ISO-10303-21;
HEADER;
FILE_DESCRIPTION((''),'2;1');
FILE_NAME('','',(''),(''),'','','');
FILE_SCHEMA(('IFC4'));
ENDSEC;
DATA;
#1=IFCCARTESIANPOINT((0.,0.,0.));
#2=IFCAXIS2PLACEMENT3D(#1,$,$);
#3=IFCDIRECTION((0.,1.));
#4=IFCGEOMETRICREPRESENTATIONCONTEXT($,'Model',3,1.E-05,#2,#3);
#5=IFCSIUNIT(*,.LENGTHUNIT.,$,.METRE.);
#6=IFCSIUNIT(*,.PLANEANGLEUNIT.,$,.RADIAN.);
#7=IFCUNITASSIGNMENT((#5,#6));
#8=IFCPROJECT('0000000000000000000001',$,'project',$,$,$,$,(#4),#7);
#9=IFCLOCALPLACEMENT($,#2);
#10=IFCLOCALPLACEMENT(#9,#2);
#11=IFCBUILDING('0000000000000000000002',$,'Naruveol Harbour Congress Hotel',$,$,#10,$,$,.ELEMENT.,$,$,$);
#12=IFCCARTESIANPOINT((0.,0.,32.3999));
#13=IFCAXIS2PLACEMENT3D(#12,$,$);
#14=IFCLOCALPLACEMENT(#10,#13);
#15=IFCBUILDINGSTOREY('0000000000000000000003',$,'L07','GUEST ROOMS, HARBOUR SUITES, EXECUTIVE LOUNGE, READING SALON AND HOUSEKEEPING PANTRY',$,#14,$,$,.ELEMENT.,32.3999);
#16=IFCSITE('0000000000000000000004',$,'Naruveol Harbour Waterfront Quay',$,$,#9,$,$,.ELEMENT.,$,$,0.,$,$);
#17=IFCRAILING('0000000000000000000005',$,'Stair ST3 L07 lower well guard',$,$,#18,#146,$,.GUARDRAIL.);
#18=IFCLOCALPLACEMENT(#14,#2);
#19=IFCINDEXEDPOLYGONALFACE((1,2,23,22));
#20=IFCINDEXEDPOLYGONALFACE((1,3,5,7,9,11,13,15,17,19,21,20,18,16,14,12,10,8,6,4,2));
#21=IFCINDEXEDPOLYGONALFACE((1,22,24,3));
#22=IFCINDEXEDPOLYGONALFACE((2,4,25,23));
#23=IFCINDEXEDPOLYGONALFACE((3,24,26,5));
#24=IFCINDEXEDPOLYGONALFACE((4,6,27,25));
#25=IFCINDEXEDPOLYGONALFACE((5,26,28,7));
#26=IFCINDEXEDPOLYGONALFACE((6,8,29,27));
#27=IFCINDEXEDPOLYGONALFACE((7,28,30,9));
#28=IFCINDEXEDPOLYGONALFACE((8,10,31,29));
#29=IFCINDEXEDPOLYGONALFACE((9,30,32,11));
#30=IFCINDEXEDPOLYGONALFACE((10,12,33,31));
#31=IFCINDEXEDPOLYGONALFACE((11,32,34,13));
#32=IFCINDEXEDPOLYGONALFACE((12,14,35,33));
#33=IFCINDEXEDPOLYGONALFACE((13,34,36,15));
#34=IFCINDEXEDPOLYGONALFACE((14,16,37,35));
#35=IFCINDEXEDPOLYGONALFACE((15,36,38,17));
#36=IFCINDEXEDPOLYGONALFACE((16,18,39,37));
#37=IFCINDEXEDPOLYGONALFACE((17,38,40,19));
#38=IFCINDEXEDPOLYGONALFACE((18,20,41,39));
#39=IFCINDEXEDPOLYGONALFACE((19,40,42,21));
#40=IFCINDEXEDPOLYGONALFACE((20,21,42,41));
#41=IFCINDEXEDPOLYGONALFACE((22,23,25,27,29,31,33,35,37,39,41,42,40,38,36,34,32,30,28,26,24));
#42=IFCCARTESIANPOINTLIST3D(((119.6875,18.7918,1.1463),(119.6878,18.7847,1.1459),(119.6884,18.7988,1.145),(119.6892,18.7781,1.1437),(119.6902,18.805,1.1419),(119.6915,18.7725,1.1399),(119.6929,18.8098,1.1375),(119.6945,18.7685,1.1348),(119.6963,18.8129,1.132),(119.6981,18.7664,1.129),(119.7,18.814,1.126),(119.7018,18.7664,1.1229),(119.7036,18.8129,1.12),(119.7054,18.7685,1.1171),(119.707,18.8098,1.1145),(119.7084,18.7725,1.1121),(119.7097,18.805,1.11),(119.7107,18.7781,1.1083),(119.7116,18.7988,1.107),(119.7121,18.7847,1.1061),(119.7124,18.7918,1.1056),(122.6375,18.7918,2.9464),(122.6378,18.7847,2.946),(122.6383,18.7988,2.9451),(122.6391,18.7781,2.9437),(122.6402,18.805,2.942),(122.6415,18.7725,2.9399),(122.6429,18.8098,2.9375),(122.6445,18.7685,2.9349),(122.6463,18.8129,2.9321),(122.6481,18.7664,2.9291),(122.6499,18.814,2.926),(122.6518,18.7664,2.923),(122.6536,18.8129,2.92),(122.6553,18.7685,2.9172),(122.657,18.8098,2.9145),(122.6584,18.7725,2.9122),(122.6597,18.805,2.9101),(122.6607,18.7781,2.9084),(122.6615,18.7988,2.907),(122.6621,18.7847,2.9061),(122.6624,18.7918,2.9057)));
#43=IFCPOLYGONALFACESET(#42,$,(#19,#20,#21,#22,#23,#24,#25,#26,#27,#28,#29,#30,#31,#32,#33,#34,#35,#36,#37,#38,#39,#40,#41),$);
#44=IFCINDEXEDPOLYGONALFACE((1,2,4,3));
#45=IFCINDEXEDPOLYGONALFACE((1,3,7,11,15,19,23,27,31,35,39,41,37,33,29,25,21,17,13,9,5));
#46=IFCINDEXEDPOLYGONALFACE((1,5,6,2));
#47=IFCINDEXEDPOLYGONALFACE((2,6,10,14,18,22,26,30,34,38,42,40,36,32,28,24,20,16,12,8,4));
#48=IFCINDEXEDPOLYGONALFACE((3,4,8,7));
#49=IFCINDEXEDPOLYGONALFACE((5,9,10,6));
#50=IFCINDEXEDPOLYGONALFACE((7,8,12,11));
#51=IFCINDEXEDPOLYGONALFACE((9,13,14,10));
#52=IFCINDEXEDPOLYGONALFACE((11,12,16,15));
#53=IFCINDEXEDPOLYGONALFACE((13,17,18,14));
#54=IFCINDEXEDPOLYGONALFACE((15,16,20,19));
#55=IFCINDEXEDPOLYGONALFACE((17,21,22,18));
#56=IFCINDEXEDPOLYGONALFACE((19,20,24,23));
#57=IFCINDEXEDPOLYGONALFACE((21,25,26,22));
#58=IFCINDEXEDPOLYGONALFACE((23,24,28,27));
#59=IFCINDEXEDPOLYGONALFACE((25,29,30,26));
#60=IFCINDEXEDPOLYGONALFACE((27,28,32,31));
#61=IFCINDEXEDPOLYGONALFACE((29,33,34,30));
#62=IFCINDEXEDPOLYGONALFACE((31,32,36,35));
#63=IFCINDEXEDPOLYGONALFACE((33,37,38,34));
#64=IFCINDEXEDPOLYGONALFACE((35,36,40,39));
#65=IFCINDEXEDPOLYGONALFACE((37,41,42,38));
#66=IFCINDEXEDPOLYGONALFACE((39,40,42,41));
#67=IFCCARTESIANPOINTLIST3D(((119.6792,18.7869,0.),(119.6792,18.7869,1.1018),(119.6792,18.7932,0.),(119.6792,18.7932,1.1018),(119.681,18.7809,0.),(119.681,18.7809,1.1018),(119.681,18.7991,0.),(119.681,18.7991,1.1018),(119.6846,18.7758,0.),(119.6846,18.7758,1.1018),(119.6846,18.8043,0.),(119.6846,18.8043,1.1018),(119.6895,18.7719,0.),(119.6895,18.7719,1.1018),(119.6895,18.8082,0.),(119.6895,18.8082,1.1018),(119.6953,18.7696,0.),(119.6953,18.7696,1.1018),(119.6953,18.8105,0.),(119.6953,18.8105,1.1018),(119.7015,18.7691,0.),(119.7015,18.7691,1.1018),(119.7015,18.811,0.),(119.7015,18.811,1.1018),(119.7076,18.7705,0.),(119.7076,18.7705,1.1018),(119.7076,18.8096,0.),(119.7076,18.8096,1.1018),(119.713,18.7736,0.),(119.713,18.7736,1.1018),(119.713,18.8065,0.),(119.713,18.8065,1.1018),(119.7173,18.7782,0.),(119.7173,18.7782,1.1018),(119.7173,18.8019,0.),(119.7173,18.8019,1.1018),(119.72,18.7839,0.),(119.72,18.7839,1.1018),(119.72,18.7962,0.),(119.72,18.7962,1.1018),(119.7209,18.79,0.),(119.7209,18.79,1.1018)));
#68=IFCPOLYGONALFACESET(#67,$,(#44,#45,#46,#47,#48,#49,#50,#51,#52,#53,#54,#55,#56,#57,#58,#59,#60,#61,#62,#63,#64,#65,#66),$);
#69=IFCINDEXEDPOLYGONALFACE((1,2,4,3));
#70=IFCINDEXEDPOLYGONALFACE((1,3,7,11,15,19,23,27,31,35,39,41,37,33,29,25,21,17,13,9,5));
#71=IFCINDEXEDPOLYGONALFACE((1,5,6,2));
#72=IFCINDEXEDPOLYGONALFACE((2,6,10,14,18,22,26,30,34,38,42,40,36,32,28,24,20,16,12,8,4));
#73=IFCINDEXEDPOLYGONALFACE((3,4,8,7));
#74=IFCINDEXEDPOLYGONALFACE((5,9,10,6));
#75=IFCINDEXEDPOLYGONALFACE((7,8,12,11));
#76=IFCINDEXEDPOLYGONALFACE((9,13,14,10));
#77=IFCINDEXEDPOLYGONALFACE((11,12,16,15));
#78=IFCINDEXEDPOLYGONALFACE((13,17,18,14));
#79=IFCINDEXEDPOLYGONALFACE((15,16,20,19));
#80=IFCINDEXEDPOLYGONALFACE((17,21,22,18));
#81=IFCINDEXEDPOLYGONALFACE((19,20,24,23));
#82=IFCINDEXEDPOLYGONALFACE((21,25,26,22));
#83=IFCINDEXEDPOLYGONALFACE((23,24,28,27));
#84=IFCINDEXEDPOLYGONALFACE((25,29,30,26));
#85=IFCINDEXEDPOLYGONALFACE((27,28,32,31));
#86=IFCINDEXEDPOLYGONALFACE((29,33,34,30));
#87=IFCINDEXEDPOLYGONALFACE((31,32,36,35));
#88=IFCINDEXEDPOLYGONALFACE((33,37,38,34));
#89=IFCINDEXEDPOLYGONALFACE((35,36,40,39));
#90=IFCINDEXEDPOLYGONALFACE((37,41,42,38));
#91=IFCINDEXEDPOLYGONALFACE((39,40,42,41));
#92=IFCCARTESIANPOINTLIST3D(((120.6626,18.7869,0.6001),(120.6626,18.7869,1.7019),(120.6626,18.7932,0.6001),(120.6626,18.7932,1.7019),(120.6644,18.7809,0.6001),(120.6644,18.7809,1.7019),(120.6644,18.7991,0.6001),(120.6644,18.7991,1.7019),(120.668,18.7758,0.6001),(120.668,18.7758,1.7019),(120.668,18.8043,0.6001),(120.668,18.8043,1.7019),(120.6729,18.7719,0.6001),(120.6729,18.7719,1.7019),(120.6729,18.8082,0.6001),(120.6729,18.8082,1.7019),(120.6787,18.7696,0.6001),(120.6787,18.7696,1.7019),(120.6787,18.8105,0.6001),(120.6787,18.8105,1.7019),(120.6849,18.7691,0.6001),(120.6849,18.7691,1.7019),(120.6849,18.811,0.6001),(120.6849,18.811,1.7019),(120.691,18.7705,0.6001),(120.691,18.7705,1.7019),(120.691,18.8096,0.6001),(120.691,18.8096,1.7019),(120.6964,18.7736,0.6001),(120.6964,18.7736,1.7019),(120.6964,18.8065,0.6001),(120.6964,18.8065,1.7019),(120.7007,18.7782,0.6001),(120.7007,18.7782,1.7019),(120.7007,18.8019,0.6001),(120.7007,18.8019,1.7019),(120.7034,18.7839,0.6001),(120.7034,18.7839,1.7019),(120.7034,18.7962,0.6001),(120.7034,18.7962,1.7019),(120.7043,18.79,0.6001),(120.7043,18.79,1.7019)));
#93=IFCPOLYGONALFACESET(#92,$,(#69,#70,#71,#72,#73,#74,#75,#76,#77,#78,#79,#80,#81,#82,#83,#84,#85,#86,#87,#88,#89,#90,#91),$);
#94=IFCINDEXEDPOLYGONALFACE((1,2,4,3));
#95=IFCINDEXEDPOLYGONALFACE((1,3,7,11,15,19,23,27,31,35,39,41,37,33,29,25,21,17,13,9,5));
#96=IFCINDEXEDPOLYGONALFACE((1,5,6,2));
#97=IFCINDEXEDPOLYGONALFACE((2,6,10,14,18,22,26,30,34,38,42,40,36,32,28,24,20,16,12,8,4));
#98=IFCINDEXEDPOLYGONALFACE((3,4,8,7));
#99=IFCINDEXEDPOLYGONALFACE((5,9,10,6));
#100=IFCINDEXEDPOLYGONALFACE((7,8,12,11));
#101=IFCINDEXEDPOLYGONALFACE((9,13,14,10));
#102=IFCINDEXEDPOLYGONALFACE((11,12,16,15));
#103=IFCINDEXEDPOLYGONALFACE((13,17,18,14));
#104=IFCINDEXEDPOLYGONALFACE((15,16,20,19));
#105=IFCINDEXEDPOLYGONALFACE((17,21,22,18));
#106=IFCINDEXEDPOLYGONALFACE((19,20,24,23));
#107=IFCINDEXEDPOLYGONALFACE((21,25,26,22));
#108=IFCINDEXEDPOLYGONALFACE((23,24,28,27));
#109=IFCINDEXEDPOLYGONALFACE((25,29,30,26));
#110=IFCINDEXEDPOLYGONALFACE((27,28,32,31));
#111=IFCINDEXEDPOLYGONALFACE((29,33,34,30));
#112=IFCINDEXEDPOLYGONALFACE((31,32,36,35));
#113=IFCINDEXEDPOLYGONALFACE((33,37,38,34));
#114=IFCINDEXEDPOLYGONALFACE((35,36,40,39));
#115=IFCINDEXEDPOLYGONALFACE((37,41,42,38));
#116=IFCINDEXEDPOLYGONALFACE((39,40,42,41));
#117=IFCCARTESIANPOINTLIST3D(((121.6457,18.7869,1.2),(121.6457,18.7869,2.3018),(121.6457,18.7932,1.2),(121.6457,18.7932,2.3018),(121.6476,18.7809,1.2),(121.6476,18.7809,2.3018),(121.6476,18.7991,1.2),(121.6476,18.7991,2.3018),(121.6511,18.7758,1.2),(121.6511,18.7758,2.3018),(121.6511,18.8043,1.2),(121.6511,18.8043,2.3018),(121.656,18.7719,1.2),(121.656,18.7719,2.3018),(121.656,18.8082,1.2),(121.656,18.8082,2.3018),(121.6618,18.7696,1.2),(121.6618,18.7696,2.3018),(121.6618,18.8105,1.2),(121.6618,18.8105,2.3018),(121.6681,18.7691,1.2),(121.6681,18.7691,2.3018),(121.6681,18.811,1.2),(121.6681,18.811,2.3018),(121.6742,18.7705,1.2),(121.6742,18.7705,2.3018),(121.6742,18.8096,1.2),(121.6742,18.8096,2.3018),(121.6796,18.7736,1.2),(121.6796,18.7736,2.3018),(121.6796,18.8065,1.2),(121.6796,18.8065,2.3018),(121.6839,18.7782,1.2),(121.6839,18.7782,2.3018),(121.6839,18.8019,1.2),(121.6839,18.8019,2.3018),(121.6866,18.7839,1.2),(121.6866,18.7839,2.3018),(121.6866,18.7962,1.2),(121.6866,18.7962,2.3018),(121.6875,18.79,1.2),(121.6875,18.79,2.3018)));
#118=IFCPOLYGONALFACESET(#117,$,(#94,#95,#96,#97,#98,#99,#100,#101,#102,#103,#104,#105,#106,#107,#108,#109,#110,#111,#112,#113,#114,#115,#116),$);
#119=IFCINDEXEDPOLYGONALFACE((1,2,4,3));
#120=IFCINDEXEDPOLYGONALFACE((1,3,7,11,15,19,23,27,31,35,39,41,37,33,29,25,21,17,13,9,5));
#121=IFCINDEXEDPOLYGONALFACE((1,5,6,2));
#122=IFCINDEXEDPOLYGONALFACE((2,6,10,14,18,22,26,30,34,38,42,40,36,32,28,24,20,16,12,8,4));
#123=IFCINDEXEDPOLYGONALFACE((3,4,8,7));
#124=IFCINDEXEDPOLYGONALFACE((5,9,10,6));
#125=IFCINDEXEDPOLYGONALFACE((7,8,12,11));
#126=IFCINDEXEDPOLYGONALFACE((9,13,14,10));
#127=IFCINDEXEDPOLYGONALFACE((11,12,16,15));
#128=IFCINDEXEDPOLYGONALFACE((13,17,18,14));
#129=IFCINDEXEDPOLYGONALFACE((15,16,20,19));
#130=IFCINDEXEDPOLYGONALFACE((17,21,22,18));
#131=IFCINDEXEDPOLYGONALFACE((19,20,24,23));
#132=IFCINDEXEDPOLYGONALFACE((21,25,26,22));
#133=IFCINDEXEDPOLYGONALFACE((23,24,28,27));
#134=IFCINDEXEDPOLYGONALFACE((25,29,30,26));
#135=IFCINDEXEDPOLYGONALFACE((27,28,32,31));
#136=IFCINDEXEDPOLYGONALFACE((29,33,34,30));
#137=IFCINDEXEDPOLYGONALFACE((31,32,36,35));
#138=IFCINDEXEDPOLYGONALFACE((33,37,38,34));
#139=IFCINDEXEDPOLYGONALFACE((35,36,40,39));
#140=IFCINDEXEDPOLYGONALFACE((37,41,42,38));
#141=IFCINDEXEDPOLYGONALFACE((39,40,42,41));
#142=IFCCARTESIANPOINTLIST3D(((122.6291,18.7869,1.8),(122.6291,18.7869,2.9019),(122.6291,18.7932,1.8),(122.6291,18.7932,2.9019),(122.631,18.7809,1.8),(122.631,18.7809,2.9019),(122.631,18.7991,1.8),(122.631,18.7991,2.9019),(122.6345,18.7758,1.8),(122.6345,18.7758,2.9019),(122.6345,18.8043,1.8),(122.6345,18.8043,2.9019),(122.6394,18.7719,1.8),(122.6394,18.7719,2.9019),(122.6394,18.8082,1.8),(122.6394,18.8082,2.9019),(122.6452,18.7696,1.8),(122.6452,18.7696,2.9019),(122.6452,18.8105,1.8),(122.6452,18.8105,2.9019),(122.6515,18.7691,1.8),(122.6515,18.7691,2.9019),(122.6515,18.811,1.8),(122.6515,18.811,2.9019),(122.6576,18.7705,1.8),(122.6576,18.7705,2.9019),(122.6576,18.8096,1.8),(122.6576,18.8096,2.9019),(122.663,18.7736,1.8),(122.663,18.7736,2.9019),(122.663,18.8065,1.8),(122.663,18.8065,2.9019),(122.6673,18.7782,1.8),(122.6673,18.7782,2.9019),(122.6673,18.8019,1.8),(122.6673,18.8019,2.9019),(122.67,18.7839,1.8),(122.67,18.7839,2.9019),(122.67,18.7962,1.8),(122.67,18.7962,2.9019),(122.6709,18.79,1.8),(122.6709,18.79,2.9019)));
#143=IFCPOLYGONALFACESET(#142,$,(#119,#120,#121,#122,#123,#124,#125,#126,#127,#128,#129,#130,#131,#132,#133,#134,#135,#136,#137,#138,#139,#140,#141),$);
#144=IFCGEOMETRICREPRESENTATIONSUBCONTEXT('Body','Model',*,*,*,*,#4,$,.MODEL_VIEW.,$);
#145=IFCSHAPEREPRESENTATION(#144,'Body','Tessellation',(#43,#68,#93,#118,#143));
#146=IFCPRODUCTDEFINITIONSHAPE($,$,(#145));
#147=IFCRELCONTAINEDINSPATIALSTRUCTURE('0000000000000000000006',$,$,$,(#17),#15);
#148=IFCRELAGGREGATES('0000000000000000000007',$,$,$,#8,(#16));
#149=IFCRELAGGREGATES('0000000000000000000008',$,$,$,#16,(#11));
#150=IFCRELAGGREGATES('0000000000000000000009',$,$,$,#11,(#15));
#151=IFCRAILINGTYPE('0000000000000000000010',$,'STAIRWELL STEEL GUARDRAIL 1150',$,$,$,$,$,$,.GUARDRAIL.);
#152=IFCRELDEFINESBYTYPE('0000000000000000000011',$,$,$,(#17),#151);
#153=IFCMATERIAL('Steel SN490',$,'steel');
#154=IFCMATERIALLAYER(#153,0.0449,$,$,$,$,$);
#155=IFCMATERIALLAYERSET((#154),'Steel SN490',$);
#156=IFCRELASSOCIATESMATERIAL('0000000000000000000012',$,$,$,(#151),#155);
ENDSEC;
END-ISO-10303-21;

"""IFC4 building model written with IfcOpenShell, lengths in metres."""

from ifc_helpers import new_model, si_unit, direction, frame, origin, origin_2d, place, context, subcontext, project, spatial, circle, extrude, material, layer, layer_set, type_object, element, save


model = new_model("IFC4")

# Units and contexts
model_context = context("Model", 3, precision=1e-05, world=origin(), true_north=direction((0.0, 1.0)))
body_context = subcontext(model_context, "Body", "Model", "MODEL_VIEW")
ifc_project = project(units=[si_unit("LENGTHUNIT", "METRE"), si_unit("PLANEANGLEUNIT", "RADIAN")], contexts=[model_context])

# Site, building, storey
site_placement = place(None, origin())
site = spatial("IfcSite", under=ifc_project, at=site_placement, Name="Naruveol Harbour Waterfront Quay", CompositionType="ELEMENT", RefElevation=0.0)
building_placement = place(site_placement, origin())
building = spatial("IfcBuilding", under=site, at=building_placement, Name="Naruveol Harbour Congress Hotel", CompositionType="ELEMENT")
storey_placement = place(building_placement, frame((0.0, 0.0, 32.3999)))
storey = spatial("IfcBuildingStorey", under=building, at=storey_placement, Name="L07", Description="GUEST ROOMS, HARBOUR SUITES, EXECUTIVE LOUNGE, READING SALON AND HOUSEKEEPING PANTRY", CompositionType="ELEMENT", Elevation=32.3999)

# Railing
ifc_material_1 = material(Name="Steel SN490", Category="steel")
ifc_layer_1 = layer(ifc_material_1, 0.0449)
ifc_layer_set_1 = layer_set([ifc_layer_1], Name="Steel SN490")
railing_type_1 = type_object("IfcRailingType", Name="STAIRWELL STEEL GUARDRAIL 1150", PredefinedType="GUARDRAIL", material=ifc_layer_set_1)
railing_1_placement = place(storey_placement, frame((119.7, 18.79, 0.0)))
element("IfcRailing", 1, at=railing_1_placement, inside=storey, type_object=railing_type_1, Name="Stair ST3 L07 lower well guard", PredefinedType="GUARDRAIL", context=body_context, shape_type="SweptSolid", body=[
    extrude(circle(Radius=0.0239, at=origin_2d()), frame((0.0, 0.0, 1.126), z_axis=(0.853629, 0.0, 0.520881), x_axis=(0.0, 1.0, 0.0)), (0.0, 0.0, 1.0), 3.4558),
    extrude(circle(Radius=0.021, at=origin_2d()), origin(), (0.0, 0.0, 1.0), 1.1018),
    extrude(circle(Radius=0.021, at=origin_2d()), frame((0.9834, 0.0, 0.6001)), (0.0, 0.0, 1.0), 1.1018),
    extrude(circle(Radius=0.021, at=origin_2d()), frame((1.9666, 0.0, 1.2)), (0.0, 0.0, 1.0), 1.1018),
    extrude(circle(Radius=0.021, at=origin_2d()), frame((2.95, 0.0, 1.8)), (0.0, 0.0, 1.0), 1.1018),
])

save(model, "model.ifc")
